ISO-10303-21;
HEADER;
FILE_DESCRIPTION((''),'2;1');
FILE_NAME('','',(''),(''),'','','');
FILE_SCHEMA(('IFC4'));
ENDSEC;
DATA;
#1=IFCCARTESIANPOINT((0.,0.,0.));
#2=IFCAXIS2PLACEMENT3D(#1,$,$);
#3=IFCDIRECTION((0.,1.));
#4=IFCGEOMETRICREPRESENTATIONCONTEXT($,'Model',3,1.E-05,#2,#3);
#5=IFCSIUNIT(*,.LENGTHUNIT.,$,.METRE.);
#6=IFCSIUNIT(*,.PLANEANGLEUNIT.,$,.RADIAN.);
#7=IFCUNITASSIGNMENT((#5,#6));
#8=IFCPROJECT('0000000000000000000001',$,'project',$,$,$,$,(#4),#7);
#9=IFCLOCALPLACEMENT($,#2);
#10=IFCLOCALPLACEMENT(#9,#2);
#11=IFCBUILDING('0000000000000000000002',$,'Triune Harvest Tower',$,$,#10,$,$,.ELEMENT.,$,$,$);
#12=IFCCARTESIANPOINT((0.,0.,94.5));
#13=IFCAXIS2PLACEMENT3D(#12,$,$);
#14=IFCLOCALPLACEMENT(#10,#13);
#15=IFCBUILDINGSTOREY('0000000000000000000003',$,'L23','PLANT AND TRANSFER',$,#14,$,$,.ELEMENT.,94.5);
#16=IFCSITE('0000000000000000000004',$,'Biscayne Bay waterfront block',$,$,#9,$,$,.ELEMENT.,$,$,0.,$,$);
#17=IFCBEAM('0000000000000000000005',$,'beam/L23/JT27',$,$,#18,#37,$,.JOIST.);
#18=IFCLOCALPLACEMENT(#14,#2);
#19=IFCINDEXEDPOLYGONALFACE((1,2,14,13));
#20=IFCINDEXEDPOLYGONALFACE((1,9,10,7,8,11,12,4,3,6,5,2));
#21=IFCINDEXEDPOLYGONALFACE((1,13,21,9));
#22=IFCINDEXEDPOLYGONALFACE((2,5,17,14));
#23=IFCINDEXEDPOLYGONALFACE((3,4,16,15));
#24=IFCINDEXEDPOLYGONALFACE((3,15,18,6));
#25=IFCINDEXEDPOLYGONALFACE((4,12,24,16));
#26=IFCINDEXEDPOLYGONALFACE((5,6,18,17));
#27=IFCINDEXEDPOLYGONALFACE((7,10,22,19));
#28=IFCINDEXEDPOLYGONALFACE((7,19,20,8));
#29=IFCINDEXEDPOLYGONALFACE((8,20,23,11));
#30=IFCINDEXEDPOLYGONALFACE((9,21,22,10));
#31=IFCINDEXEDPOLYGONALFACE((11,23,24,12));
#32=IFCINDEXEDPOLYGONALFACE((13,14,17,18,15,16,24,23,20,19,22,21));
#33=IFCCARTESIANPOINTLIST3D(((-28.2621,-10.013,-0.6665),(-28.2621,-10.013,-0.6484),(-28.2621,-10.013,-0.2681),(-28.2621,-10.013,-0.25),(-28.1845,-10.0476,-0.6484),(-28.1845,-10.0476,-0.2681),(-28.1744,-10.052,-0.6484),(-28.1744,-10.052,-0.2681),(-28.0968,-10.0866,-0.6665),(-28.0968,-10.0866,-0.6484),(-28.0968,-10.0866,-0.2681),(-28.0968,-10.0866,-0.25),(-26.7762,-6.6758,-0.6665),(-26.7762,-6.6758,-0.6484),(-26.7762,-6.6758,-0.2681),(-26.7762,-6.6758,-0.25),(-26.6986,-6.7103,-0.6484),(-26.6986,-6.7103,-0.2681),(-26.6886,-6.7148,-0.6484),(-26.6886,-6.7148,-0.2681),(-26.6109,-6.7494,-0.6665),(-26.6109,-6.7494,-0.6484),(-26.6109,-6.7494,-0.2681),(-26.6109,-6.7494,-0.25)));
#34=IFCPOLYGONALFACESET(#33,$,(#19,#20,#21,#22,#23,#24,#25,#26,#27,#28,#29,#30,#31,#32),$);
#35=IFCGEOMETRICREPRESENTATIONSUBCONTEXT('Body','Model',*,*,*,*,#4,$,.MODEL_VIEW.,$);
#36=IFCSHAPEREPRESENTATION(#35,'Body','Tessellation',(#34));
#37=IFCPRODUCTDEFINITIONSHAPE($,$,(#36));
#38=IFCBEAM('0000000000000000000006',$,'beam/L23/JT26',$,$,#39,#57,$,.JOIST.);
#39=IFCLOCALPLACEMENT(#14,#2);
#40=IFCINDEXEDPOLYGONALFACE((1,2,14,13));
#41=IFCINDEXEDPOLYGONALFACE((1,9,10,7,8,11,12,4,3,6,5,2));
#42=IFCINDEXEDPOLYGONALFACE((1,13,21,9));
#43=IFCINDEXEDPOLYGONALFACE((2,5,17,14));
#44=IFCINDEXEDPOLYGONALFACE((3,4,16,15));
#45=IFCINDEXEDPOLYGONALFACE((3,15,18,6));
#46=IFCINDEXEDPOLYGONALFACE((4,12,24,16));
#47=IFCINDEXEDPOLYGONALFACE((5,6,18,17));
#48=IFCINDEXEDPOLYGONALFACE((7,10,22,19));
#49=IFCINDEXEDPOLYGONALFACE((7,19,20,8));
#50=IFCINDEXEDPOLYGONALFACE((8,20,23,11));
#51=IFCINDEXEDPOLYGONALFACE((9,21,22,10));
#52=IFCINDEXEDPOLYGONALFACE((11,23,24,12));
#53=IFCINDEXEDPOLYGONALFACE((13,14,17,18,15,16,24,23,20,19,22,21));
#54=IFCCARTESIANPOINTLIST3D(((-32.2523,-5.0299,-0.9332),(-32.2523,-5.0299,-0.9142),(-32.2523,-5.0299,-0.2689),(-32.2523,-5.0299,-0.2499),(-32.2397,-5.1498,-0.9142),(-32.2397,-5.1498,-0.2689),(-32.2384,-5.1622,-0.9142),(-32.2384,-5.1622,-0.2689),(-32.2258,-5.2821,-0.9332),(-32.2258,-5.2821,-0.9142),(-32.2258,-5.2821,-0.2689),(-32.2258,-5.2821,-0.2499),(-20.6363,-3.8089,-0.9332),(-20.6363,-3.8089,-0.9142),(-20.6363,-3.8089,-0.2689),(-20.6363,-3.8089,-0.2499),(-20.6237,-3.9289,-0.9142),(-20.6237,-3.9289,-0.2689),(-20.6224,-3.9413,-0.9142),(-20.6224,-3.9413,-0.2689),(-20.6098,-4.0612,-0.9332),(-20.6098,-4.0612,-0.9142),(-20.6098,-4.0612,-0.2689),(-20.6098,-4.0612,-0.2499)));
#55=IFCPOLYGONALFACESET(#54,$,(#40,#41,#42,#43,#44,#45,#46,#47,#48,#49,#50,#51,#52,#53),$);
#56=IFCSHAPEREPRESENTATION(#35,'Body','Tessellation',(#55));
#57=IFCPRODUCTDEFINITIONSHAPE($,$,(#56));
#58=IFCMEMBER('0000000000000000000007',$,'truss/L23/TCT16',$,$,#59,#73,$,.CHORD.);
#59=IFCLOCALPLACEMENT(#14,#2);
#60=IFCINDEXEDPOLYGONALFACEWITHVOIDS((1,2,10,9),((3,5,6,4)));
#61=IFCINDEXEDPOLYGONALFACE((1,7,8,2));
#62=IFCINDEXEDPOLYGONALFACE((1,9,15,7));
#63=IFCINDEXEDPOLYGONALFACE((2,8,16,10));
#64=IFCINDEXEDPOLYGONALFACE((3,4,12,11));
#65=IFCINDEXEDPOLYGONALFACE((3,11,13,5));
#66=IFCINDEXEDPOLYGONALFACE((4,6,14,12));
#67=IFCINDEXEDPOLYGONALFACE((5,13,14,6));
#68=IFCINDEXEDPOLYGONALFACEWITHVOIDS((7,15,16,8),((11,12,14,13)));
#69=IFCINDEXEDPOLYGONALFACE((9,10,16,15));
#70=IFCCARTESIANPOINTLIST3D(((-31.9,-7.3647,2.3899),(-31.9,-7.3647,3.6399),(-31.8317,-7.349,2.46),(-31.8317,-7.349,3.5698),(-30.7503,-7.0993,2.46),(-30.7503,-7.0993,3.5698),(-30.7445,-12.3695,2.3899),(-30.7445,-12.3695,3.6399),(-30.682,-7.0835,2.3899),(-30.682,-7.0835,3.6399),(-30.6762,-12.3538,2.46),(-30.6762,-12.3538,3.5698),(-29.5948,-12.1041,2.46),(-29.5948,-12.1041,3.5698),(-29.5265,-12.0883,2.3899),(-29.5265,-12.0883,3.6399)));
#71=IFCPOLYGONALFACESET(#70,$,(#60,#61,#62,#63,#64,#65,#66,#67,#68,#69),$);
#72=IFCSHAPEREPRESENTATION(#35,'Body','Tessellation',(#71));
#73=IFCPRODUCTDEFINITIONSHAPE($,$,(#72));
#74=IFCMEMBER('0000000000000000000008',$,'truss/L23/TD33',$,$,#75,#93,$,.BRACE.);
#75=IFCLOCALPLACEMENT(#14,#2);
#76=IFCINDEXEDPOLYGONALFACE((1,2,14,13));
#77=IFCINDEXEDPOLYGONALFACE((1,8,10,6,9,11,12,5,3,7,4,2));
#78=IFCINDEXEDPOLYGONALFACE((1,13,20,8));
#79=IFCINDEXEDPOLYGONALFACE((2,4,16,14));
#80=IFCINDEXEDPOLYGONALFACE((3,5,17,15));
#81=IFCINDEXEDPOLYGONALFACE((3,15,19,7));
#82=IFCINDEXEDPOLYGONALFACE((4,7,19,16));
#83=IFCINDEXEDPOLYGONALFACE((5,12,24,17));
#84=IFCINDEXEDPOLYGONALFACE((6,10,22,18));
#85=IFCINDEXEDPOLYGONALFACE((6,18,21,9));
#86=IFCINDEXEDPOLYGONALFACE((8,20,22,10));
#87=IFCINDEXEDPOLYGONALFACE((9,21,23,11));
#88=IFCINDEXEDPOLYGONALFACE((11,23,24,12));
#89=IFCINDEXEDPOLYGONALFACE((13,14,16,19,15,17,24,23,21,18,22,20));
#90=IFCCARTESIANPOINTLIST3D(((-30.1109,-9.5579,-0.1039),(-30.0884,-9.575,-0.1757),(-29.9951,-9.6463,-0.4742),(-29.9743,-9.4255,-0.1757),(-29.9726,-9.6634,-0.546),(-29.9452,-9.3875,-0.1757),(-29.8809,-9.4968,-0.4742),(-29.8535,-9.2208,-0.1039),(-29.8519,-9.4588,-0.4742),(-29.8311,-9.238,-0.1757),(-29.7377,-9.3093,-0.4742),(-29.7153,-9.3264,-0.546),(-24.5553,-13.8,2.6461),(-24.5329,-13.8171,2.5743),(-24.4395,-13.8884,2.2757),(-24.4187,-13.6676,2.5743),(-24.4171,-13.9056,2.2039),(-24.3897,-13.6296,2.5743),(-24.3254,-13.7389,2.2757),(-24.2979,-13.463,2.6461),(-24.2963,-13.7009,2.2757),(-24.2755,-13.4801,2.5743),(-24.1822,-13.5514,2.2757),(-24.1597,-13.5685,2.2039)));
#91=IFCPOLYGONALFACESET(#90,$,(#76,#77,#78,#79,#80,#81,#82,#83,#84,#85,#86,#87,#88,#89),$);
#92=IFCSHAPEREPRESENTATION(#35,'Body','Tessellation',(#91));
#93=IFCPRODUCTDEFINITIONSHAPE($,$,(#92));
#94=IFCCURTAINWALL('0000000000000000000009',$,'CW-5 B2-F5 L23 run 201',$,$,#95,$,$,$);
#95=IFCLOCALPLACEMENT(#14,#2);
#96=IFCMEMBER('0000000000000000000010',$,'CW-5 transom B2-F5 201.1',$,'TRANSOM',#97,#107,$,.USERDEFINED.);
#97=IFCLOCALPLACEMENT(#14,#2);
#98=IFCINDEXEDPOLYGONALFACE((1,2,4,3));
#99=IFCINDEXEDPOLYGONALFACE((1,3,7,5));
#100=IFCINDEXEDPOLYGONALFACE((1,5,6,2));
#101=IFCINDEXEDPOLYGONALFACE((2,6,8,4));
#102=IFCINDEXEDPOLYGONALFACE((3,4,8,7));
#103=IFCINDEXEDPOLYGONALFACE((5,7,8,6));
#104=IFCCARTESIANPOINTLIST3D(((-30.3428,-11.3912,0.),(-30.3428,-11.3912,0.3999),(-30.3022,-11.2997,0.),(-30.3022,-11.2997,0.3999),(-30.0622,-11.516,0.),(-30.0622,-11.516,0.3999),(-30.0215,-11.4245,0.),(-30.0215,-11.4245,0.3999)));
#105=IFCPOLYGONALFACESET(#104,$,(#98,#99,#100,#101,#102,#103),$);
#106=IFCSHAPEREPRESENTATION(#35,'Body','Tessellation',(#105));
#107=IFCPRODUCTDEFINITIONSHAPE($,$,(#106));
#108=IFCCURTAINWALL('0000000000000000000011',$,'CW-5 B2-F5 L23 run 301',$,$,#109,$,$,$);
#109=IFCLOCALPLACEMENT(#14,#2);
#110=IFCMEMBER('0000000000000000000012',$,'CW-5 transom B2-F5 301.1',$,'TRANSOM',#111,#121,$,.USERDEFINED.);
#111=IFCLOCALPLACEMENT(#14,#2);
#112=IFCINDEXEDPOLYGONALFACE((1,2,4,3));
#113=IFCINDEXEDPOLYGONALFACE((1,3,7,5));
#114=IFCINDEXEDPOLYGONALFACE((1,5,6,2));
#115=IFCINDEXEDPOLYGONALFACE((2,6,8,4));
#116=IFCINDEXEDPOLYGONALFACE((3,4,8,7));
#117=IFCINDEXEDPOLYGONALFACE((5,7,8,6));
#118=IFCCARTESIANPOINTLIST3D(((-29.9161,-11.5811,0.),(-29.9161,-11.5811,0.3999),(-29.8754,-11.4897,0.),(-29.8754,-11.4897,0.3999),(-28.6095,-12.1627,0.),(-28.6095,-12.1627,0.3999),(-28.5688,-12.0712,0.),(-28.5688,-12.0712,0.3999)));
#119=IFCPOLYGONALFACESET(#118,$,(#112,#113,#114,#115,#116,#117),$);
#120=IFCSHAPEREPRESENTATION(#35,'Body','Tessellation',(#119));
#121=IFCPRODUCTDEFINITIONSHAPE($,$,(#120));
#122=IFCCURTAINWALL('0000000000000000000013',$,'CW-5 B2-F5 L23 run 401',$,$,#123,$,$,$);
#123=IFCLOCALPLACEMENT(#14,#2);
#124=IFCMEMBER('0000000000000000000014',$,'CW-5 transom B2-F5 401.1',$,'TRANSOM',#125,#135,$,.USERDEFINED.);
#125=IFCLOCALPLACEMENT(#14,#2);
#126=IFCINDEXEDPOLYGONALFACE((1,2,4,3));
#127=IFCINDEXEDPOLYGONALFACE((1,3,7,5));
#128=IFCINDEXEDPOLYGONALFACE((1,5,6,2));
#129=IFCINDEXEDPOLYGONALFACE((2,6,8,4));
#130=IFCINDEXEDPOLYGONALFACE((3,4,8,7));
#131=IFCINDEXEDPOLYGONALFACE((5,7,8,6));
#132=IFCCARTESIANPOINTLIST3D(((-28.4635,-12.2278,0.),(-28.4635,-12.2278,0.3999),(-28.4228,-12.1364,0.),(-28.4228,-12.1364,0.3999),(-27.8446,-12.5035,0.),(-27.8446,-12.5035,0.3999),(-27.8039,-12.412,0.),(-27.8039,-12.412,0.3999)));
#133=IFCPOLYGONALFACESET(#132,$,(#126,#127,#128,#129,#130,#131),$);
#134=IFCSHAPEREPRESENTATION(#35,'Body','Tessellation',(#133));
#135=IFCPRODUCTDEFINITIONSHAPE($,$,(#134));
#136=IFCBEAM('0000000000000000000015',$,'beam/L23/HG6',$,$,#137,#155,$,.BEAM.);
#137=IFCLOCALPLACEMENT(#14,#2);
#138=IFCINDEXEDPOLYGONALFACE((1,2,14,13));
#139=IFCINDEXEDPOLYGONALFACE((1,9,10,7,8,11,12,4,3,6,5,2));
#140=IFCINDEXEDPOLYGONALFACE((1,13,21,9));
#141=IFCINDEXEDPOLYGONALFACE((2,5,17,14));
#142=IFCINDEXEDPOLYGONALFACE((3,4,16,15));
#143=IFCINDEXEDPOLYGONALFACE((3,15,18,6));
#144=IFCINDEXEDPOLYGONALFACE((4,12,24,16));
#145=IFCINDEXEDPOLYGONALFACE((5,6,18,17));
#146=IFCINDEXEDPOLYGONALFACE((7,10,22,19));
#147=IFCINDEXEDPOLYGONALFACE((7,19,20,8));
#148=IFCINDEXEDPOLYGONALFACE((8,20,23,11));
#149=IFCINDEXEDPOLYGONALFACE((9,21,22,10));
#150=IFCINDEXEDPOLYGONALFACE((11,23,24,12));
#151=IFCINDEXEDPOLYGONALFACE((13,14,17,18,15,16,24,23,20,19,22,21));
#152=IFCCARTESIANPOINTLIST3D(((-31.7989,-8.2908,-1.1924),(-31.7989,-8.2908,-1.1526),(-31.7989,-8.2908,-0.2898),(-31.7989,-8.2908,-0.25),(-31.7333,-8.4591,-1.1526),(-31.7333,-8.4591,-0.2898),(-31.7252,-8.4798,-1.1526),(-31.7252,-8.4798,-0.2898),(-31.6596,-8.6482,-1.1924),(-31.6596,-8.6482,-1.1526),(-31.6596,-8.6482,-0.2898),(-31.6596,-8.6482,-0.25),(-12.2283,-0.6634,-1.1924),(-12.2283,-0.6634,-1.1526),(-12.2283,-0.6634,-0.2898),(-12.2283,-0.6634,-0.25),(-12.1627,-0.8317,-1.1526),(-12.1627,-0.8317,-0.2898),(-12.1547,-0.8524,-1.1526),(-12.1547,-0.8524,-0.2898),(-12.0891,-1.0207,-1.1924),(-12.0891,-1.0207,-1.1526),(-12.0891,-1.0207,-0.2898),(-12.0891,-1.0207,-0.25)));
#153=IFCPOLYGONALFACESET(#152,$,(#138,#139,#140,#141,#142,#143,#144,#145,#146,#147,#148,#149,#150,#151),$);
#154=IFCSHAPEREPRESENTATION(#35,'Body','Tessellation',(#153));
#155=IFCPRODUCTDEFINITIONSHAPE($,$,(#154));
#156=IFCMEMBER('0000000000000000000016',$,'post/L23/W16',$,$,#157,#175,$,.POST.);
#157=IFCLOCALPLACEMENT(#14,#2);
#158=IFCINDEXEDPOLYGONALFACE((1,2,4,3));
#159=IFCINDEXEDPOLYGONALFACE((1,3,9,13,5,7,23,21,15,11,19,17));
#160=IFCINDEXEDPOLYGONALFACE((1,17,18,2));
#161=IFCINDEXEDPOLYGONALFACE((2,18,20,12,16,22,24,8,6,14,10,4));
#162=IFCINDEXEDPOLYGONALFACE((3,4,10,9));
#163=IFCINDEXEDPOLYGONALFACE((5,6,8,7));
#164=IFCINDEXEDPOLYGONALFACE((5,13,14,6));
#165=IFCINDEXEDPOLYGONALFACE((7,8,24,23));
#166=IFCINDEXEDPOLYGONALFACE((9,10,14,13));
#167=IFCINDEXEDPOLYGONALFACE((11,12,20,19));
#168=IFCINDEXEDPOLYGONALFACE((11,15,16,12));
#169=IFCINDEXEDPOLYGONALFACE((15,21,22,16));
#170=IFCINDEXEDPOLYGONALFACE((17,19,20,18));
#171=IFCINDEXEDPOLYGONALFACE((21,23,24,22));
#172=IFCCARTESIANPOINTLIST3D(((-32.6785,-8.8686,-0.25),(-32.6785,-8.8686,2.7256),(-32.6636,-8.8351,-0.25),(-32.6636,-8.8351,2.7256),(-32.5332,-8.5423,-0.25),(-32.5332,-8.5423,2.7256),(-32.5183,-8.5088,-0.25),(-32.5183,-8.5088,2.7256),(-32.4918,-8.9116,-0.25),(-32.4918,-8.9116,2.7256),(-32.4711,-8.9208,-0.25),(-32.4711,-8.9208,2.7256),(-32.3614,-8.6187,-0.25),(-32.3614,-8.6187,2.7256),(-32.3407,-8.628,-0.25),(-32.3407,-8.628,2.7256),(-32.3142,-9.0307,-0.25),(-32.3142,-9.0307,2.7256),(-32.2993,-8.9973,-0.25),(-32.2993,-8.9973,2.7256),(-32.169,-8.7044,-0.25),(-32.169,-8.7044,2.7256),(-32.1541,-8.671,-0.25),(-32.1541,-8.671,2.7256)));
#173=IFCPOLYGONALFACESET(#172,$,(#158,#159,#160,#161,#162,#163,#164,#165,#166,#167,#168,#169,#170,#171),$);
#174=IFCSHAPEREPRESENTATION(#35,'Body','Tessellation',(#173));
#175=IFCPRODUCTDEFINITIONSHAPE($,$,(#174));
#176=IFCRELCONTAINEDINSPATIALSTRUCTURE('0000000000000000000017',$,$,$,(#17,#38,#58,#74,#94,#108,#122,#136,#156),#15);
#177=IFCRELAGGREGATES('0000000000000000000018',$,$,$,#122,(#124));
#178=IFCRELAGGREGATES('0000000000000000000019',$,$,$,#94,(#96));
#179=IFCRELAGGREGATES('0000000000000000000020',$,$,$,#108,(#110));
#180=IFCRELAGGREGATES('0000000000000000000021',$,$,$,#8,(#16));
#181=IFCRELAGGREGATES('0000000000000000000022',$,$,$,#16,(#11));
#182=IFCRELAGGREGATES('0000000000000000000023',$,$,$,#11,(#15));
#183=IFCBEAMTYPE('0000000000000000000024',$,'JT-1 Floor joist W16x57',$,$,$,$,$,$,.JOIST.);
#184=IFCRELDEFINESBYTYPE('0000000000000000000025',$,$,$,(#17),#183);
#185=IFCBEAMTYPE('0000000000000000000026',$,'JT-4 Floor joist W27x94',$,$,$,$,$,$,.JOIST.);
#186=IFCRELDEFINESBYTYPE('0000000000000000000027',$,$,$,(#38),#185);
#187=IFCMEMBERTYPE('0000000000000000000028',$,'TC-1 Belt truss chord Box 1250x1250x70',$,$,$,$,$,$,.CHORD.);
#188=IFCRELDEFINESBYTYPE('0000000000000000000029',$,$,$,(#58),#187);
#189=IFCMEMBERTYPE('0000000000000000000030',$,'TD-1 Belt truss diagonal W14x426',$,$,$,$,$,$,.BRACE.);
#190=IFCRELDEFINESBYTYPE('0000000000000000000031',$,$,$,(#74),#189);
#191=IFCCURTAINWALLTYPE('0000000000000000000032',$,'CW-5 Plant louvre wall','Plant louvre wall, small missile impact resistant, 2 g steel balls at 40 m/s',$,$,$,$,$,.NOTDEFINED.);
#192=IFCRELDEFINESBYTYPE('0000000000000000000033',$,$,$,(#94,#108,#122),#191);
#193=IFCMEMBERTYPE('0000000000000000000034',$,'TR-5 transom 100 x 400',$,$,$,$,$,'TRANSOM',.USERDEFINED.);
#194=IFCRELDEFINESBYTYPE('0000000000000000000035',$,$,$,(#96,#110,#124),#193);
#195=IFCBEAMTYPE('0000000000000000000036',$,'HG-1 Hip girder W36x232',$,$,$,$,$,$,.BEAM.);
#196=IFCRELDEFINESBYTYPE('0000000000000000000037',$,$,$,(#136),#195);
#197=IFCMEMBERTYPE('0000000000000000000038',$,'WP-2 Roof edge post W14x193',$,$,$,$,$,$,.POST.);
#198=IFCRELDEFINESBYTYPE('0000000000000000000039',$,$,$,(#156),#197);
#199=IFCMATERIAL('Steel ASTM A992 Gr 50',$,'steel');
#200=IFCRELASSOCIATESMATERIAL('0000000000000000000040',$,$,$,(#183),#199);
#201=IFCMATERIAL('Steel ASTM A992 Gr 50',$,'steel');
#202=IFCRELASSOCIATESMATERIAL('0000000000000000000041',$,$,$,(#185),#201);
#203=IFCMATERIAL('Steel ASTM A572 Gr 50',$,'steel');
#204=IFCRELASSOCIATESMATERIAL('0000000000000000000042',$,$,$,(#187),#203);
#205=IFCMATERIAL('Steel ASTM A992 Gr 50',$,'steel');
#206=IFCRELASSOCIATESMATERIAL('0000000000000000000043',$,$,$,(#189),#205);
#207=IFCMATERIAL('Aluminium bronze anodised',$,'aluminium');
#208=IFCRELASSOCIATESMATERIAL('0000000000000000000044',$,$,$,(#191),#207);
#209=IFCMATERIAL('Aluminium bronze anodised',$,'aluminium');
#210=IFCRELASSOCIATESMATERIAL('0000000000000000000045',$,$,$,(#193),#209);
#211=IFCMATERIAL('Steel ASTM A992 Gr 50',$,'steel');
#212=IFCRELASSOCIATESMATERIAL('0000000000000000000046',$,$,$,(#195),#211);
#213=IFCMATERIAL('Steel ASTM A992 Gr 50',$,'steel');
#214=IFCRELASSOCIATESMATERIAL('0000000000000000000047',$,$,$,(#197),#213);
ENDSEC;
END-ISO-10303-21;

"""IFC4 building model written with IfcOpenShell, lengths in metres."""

from ifc_helpers import new_model, si_unit, direction, frame, origin, origin_2d, place, context, subcontext, project, spatial, rectangle, hollow_rectangle, i_section, extrude, source, transform, mapped, material, material_profile, profile_set, type_object, element, aggregate, save


model = new_model("IFC4")

# Units and contexts
model_context = context("Model", 3, precision=1e-05, world=origin(), true_north=direction((0.0, 1.0)))
body_context = subcontext(model_context, "Body", "Model", "MODEL_VIEW")
ifc_project = project(units=[si_unit("LENGTHUNIT", "METRE"), si_unit("PLANEANGLEUNIT", "RADIAN")], contexts=[model_context])

# Site, building, storey
site_placement = place(None, origin())
site = spatial("IfcSite", under=ifc_project, at=site_placement, Name="Biscayne Bay waterfront block", CompositionType="ELEMENT", RefElevation=0.0)
building_placement = place(site_placement, origin())
building = spatial("IfcBuilding", under=site, at=building_placement, Name="Triune Harvest Tower", CompositionType="ELEMENT")
storey_placement = place(building_placement, frame((0.0, 0.0, 94.5)))
storey = spatial("IfcBuildingStorey", under=building, at=storey_placement, Name="L23", Description="PLANT AND TRANSFER", CompositionType="ELEMENT", Elevation=94.5)

# Beams
ifc_material_1 = material(Name="Steel ASTM A992 Gr 50", Category="steel")
ifc_material_profile_1 = material_profile(ifc_material_1, i_section(OverallWidth=0.1809, OverallDepth=0.4165, WebThickness=0.011, FlangeThickness=0.0181, at=origin_2d()), Name="W16x57")
ifc_profile_set_1 = profile_set([ifc_material_profile_1], Name="Steel ASTM A992 Gr 50")
beam_type_1 = type_object("IfcBeamType", Name="JT-1 Floor joist W16x57", PredefinedType="JOIST", material=ifc_profile_set_1)
beam_1_placement = place(storey_placement, frame((-28.1794, -10.0498, -0.4583), z_axis=(0.406746, 0.913541, 0.0), x_axis=(-0.913541, 0.406746, 0.0)))
element("IfcBeam", 1, at=beam_1_placement, inside=storey, type_object=beam_type_1, Name="beam/L23/JT27", PredefinedType="JOIST", context=body_context, shape_type="SweptSolid", body=[
    extrude(i_section(OverallWidth=0.1809, OverallDepth=0.4165, WebThickness=0.011, FlangeThickness=0.0181, at=origin_2d()), origin(), (0.0, 0.0, 1.0), 3.6531),
])
ifc_material_2 = material(Name="Steel ASTM A992 Gr 50", Category="steel")
ifc_material_profile_2 = material_profile(ifc_material_2, i_section(OverallWidth=0.2537, OverallDepth=0.6833, WebThickness=0.0125, FlangeThickness=0.019, at=origin_2d()), Name="W27x94")
ifc_profile_set_2 = profile_set([ifc_material_profile_2], Name="Steel ASTM A992 Gr 50")
beam_type_2 = type_object("IfcBeamType", Name="JT-4 Floor joist W27x94", PredefinedType="JOIST", material=ifc_profile_set_2)
beam_2_placement = place(storey_placement, frame((-32.239, -5.156, -0.5916), z_axis=(0.994521, 0.104534, 0.0), x_axis=(-0.104534, 0.994521, 0.0)))
element("IfcBeam", 2, at=beam_2_placement, inside=storey, type_object=beam_type_2, Name="beam/L23/JT26", PredefinedType="JOIST", context=body_context, shape_type="SweptSolid", body=[
    extrude(i_section(OverallWidth=0.2537, OverallDepth=0.6833, WebThickness=0.0125, FlangeThickness=0.019, at=origin_2d()), origin(), (0.0, 0.0, 1.0), 11.6799),
])

# Members
ifc_material_3 = material(Name="Steel ASTM A572 Gr 50", Category="steel")
ifc_material_profile_3 = material_profile(ifc_material_3, hollow_rectangle(XDim=1.25, YDim=1.25, WallThickness=0.0701, at=origin_2d()), Name="Box 1250x1250x70")
ifc_profile_set_3 = profile_set([ifc_material_profile_3], Name="Steel ASTM A572 Gr 50")
member_type_1 = type_object("IfcMemberType", Name="TC-1 Belt truss chord Box 1250x1250x70", PredefinedType="CHORD", material=ifc_profile_set_3)
member_1_placement = place(storey_placement, frame((-31.291, -7.2241, 3.0149), z_axis=(0.22496, -0.974368, 0.0), x_axis=(0.974368, 0.22496, 0.0)))
element("IfcMember", 3, at=member_1_placement, inside=storey, type_object=member_type_1, Name="truss/L23/TCT16", PredefinedType="CHORD", context=body_context, shape_type="SweptSolid", body=[
    extrude(hollow_rectangle(XDim=1.25, YDim=1.25, WallThickness=0.0701, at=origin_2d()), origin(), (0.0, 0.0, 1.0), 5.1365),
])
ifc_material_4 = material(Name="Steel ASTM A992 Gr 50", Category="steel")
ifc_material_profile_4 = material_profile(ifc_material_4, i_section(OverallWidth=0.4241, OverallDepth=0.4751, WebThickness=0.0479, FlangeThickness=0.0771, at=origin_2d()), Name="W14x426")
ifc_profile_set_4 = profile_set([ifc_material_profile_4], Name="Steel ASTM A992 Gr 50")
member_type_2 = type_object("IfcMemberType", Name="TD-1 Belt truss diagonal W14x426", PredefinedType="BRACE", material=ifc_profile_set_4)
member_2_placement = place(storey_placement, frame((-29.9131, -9.4421, -0.325), z_axis=(0.739612, -0.564752, 0.366101), x_axis=(0.606885, 0.79479, 0.0)))
element("IfcMember", 4, at=member_2_placement, inside=storey, type_object=member_type_2, Name="truss/L23/TD33", PredefinedType="BRACE", context=body_context, shape_type="SweptSolid", body=[
    extrude(i_section(OverallWidth=0.4241, OverallDepth=0.4751, WebThickness=0.0479, FlangeThickness=0.0771, at=origin_2d()), origin(), (0.0, 0.0, 1.0), 7.5115),
])

# Curtain walls, members
ifc_material_5 = material(Name="Aluminium bronze anodised", Category="aluminium")
curtain_wall_type = type_object("IfcCurtainWallType", Name="CW-5 Plant louvre wall", Description="Plant louvre wall, small missile impact resistant, 2 g steel balls at 40 m/s", PredefinedType="NOTDEFINED", material=ifc_material_5)
curtain_wall_1_placement = place(storey_placement, origin())
curtain_wall_1 = element("IfcCurtainWall", 5, at=curtain_wall_1_placement, inside=storey, type_object=curtain_wall_type, Name="CW-5 B2-F5 L23 run 201")
ifc_material_6 = material(Name="Aluminium bronze anodised", Category="aluminium")
ifc_material_profile_5 = material_profile(ifc_material_6, rectangle(XDim=0.1001, YDim=0.3999, at=origin_2d()), Name="TR-5 transom 100 x 400")
ifc_profile_set_5 = profile_set([ifc_material_profile_5], Name="Aluminium bronze anodised")
member_type_3 = type_object("IfcMemberType", Name="TR-5 transom 100 x 400", ElementType="TRANSOM", PredefinedType="USERDEFINED", material=ifc_profile_set_5)
member_3_placement = place(storey_placement, frame((-30.3225, -11.3455, 0.2), z_axis=(0.913713, -0.40636, 0.0), x_axis=(0.40636, 0.913713, 0.0)))
member_3 = element("IfcMember", 6, at=member_3_placement, type_object=member_type_3, Name="CW-5 transom B2-F5 201.1", ObjectType="TRANSOM", PredefinedType="USERDEFINED", context=body_context, shape_type="SweptSolid", body=[
    extrude(rectangle(XDim=0.1001, YDim=0.3999, at=origin_2d()), origin(), (0.0, 0.0, 1.0), 0.3071),
])
curtain_wall_2_placement = place(storey_placement, origin())
curtain_wall_2 = element("IfcCurtainWall", 7, at=curtain_wall_2_placement, inside=storey, type_object=curtain_wall_type, Name="CW-5 B2-F5 L23 run 301")
member_4_placement = place(storey_placement, frame((-29.8958, -11.5354, 0.2), z_axis=(0.9136, -0.406614, 0.0), x_axis=(0.406614, 0.9136, 0.0)))
member_4 = element("IfcMember", 8, at=member_4_placement, type_object=member_type_3, Name="CW-5 transom B2-F5 301.1", ObjectType="TRANSOM", PredefinedType="USERDEFINED", context=body_context, shape_type="SweptSolid", body=[
    extrude(rectangle(XDim=0.1001, YDim=0.3999, at=origin_2d()), origin(), (0.0, 0.0, 1.0), 1.4302),
])
curtain_wall_3_placement = place(storey_placement, origin())
curtain_wall_3 = element("IfcCurtainWall", 9, at=curtain_wall_3_placement, inside=storey, type_object=curtain_wall_type, Name="CW-5 B2-F5 L23 run 401")
member_5_placement = place(storey_placement, frame((-28.4431, -12.1821, 0.2), z_axis=(0.913499, -0.40684, 0.0), x_axis=(0.40684, 0.913499, 0.0)))
member_5 = element("IfcMember", 10, at=member_5_placement, type_object=member_type_3, Name="CW-5 transom B2-F5 401.1", ObjectType="TRANSOM", PredefinedType="USERDEFINED", context=body_context, shape_type="SweptSolid", body=[
    extrude(rectangle(XDim=0.1001, YDim=0.3999, at=origin_2d()), origin(), (0.0, 0.0, 1.0), 0.6775),
])

# Beam
ifc_material_7 = material(Name="Steel ASTM A992 Gr 50", Category="steel")
ifc_material_profile_6 = material_profile(ifc_material_7, i_section(OverallWidth=0.3835, OverallDepth=0.9424, WebThickness=0.0222, FlangeThickness=0.0398, at=origin_2d()), Name="W36x232")
ifc_profile_set_6 = profile_set([ifc_material_profile_6], Name="Steel ASTM A992 Gr 50")
beam_type_3 = type_object("IfcBeamType", Name="HG-1 Hip girder W36x232", PredefinedType="BEAM", material=ifc_profile_set_6)
shared_shape_1 = source(origin(), body_context, "Body", "SweptSolid", [
    extrude(i_section(OverallWidth=0.3835, OverallDepth=0.9424, WebThickness=0.0222, FlangeThickness=0.0398, at=origin_2d()), origin(), (0.0, 0.0, 1.0), 21.0044),
])
beam_3_placement = place(storey_placement, frame((-31.7292, -8.4695, -0.7212), z_axis=(0.931736, 0.363136, 0.0), x_axis=(-0.363136, 0.931736, 0.0)))
element("IfcBeam", 11, at=beam_3_placement, inside=storey, type_object=beam_type_3, Name="beam/L23/HG6", PredefinedType="BEAM", context=body_context, shape_type="MappedRepresentation", body=[
    mapped(shared_shape_1, transform((0.0, 0.0, 0.0), scale=1.0)),
])

# Member
ifc_material_8 = material(Name="Steel ASTM A992 Gr 50", Category="steel")
ifc_material_profile_7 = material_profile(ifc_material_8, i_section(OverallWidth=0.3987, OverallDepth=0.3938, WebThickness=0.0227, FlangeThickness=0.0366, at=origin_2d()), Name="W14x193")
ifc_profile_set_7 = profile_set([ifc_material_profile_7], Name="Steel ASTM A992 Gr 50")
member_type_4 = type_object("IfcMemberType", Name="WP-2 Roof edge post W14x193", PredefinedType="POST", material=ifc_profile_set_7)
shared_shape_2 = source(origin(), body_context, "Body", "SweptSolid", [
    extrude(i_section(OverallWidth=0.3987, OverallDepth=0.3938, WebThickness=0.0227, FlangeThickness=0.0366, at=origin_2d()), origin(), (0.0, 0.0, 1.0), 2.9756),
])
member_6_placement = place(storey_placement, frame((-32.4163, -8.7698, -0.25), z_axis=(0.0, 0.0, 1.0), x_axis=(0.913545, -0.406737, 0.0)))
element("IfcMember", 12, at=member_6_placement, inside=storey, type_object=member_type_4, Name="post/L23/W16", PredefinedType="POST", context=body_context, shape_type="MappedRepresentation", body=[
    mapped(shared_shape_2, transform((0.0, 0.0, 0.0), scale=1.0)),
])

aggregate(curtain_wall_3, [member_5])

aggregate(curtain_wall_1, [member_3])
aggregate(curtain_wall_2, [member_4])

save(model, "model.ifc")
